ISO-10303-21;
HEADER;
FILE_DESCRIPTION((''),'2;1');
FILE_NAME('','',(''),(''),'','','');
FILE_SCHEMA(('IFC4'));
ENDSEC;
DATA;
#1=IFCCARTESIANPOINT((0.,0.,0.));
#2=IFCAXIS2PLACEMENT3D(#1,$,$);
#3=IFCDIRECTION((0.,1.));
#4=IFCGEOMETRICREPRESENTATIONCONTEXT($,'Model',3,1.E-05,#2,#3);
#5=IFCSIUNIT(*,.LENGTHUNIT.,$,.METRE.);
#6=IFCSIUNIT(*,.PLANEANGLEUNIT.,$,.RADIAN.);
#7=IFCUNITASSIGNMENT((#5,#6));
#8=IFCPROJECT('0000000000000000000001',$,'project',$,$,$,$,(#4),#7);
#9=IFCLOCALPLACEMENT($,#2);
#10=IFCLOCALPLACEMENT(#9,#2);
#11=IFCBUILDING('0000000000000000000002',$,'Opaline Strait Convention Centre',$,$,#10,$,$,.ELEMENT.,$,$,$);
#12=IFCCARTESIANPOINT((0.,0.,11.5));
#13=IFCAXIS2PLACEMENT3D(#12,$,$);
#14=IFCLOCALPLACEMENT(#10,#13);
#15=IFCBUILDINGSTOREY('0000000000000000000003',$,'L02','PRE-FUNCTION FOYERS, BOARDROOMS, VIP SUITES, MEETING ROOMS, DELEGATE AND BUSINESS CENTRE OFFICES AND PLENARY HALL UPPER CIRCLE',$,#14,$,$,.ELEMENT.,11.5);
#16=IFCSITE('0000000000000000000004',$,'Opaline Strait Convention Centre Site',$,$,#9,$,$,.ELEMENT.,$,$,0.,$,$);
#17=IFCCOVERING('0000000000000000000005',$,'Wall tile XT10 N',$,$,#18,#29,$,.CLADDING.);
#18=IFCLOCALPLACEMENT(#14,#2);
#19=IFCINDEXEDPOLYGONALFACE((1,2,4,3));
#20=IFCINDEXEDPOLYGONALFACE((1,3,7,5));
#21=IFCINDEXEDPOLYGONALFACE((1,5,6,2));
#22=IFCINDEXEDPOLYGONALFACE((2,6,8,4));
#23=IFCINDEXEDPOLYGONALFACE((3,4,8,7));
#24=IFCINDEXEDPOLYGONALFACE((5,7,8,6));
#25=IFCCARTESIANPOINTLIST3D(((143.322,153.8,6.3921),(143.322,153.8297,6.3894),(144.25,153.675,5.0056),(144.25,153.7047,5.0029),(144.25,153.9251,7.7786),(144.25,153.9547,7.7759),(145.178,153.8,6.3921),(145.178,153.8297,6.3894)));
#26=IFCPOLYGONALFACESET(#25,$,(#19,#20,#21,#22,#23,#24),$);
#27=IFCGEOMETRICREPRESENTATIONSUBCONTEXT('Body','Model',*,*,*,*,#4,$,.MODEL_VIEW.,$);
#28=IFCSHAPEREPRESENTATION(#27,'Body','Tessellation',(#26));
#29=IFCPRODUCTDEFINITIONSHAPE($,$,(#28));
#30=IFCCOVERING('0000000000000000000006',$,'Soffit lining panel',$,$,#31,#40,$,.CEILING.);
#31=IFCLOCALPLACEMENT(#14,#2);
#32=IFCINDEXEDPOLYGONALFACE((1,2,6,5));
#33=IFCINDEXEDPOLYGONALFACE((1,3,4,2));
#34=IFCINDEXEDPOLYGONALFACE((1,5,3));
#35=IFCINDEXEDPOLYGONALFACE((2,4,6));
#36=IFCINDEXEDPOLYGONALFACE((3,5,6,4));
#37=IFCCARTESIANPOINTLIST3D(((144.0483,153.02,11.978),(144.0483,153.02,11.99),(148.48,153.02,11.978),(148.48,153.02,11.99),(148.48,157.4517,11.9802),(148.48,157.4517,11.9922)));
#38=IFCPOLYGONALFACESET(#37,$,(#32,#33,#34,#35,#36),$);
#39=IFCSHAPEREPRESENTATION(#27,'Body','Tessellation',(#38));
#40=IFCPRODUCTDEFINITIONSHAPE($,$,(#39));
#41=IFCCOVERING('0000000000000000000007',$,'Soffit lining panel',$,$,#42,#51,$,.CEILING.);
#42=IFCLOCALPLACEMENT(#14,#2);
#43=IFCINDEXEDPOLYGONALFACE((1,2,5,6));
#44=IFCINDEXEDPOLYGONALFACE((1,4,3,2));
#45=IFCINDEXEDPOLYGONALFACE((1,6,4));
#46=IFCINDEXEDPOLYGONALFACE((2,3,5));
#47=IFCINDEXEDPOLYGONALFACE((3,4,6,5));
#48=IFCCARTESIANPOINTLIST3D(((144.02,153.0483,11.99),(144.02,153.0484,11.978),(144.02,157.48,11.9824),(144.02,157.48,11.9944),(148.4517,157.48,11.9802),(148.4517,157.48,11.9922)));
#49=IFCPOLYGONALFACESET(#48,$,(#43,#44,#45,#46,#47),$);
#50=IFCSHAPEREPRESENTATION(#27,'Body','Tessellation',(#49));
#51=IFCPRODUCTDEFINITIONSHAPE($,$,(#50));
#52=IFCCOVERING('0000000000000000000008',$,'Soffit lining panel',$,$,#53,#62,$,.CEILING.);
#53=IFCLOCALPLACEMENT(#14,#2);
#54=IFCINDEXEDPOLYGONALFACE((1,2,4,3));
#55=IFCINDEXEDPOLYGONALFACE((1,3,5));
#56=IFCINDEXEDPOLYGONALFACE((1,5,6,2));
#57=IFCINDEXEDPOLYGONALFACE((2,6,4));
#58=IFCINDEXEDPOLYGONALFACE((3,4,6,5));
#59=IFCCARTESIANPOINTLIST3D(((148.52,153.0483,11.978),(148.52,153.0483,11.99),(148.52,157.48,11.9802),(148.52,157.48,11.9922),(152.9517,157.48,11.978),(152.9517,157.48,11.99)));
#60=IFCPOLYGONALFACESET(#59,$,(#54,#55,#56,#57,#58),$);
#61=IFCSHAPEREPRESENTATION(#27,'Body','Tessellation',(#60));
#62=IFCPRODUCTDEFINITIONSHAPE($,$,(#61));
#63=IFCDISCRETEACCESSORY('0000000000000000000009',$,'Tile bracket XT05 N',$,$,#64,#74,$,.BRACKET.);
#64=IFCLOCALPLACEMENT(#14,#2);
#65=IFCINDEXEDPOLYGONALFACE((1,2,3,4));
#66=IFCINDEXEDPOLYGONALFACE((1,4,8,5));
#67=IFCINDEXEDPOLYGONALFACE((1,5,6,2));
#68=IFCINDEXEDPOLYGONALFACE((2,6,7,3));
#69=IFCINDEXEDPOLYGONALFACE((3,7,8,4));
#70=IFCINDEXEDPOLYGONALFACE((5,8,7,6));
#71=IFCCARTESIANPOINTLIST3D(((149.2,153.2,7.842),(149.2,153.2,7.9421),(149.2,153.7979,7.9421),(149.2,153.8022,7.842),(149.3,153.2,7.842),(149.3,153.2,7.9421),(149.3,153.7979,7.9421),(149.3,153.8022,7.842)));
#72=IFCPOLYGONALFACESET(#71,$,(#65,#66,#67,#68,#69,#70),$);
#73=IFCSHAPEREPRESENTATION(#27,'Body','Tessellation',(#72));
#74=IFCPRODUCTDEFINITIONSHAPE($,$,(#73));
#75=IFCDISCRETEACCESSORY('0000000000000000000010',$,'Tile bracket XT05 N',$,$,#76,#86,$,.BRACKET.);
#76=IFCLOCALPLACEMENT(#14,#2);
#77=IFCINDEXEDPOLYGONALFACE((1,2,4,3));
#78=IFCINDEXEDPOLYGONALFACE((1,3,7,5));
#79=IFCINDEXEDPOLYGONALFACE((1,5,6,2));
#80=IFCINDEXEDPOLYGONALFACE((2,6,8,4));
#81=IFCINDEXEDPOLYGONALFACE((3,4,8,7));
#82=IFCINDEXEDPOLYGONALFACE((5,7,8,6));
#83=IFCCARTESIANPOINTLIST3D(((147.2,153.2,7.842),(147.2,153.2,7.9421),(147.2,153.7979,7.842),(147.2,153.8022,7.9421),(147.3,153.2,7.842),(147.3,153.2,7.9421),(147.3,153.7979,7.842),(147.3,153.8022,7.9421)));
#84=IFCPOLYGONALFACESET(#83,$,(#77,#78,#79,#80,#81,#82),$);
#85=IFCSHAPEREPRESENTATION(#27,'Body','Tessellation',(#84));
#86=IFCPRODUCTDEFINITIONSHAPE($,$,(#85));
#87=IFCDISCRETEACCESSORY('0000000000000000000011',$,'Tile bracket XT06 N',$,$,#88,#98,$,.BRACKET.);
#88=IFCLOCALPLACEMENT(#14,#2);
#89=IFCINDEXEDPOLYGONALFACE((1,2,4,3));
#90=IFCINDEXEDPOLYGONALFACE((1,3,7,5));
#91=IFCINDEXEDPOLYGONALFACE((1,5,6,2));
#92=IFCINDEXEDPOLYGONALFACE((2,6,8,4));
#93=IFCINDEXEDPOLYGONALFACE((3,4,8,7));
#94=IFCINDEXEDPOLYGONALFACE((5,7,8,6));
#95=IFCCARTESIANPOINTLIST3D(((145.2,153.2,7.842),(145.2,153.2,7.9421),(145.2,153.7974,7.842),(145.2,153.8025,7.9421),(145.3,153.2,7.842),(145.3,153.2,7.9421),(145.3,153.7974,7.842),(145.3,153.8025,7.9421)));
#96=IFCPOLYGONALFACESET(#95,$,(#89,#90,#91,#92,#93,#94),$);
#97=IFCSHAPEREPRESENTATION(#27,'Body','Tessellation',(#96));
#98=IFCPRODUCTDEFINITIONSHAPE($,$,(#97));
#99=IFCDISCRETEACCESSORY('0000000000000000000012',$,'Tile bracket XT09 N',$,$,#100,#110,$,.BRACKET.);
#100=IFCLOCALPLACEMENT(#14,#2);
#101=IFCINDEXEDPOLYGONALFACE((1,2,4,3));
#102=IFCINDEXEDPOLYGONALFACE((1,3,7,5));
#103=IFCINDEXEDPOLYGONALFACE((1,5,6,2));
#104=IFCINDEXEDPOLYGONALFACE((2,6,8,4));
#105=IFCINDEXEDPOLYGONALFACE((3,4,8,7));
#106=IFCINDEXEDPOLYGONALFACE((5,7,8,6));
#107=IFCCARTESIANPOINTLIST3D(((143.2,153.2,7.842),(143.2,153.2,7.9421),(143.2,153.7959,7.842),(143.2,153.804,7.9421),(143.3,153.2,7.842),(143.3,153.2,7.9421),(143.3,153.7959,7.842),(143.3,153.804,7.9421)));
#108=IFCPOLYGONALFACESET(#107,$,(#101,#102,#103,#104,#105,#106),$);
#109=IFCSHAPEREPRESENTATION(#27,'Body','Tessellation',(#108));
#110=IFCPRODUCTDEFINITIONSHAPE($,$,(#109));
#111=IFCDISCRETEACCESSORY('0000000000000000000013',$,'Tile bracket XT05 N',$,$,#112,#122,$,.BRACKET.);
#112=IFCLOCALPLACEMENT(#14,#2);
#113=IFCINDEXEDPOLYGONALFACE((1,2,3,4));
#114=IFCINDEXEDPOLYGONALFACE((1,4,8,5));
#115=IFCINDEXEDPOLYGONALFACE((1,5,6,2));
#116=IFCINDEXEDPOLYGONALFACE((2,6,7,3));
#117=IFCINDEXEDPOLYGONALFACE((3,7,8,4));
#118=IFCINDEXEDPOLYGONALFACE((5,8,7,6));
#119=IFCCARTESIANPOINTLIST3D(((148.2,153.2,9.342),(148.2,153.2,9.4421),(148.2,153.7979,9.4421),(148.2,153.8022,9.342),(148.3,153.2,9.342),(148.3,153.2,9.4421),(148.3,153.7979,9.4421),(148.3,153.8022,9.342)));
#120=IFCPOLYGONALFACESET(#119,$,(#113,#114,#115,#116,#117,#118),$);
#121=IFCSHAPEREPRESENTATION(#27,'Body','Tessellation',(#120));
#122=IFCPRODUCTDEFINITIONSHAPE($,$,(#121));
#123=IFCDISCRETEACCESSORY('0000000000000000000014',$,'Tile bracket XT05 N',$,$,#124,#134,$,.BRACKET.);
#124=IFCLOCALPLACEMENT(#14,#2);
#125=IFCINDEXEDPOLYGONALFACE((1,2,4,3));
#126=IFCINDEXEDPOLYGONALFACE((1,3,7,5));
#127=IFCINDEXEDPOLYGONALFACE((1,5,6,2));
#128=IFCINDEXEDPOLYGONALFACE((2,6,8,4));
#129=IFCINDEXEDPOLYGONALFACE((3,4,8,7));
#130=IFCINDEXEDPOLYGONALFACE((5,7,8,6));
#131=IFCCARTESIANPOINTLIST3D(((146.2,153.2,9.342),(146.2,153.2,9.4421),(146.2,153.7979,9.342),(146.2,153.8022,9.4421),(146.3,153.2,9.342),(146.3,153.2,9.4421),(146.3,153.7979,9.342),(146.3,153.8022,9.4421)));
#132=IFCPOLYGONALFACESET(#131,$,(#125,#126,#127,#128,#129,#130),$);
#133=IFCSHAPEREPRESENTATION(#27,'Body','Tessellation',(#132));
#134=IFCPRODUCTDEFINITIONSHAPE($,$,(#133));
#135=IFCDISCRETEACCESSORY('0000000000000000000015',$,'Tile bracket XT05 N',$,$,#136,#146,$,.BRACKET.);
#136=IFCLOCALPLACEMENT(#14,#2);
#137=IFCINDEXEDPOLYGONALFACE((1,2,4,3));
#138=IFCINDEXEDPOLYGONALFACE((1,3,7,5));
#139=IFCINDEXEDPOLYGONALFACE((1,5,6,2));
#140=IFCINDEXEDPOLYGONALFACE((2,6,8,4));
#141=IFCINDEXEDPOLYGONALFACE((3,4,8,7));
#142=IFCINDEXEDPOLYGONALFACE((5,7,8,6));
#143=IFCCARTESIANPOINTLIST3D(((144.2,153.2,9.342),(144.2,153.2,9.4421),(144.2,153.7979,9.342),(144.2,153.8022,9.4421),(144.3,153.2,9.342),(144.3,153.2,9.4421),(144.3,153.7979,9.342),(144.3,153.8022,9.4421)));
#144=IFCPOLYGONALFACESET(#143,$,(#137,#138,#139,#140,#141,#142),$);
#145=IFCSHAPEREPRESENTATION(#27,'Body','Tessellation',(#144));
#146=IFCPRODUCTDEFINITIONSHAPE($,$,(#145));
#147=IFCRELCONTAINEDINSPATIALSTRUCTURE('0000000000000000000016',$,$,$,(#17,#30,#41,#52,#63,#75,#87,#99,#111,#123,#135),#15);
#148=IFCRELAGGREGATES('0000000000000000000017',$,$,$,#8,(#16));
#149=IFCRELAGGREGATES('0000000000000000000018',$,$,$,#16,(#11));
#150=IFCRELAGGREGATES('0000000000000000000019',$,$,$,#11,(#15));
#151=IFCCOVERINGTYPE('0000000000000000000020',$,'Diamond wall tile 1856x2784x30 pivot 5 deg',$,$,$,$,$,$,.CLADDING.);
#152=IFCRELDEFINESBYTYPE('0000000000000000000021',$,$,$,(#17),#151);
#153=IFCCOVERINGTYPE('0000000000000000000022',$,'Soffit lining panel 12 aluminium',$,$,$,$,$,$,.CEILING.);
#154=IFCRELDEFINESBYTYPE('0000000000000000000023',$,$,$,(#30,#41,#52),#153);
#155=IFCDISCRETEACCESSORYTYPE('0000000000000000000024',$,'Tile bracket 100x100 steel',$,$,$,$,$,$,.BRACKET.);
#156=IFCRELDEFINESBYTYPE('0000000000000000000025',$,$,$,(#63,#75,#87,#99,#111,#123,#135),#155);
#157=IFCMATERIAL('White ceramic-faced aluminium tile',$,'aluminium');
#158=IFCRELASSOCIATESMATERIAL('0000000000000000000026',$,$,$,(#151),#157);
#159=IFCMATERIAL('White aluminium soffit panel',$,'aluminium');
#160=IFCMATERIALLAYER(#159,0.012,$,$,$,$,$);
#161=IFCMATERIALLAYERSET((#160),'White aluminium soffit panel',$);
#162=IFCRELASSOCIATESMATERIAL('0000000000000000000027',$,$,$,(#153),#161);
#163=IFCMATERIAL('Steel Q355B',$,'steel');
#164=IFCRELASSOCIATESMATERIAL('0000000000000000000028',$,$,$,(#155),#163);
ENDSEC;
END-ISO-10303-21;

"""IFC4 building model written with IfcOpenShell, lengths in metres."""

from ifc_helpers import new_model, si_unit, direction, frame, origin, place, context, subcontext, project, spatial, polyline, outline, extrude, material, layer, layer_set, material_profile, profile_set, type_object, element, save


model = new_model("IFC4")

# Units and contexts
model_context = context("Model", 3, precision=1e-05, world=origin(), true_north=direction((0.0, 1.0)))
body_context = subcontext(model_context, "Body", "Model", "MODEL_VIEW")
ifc_project = project(units=[si_unit("LENGTHUNIT", "METRE"), si_unit("PLANEANGLEUNIT", "RADIAN")], contexts=[model_context])

# Site, building, storey
site_placement = place(None, origin())
site = spatial("IfcSite", under=ifc_project, at=site_placement, Name="Opaline Strait Convention Centre Site", CompositionType="ELEMENT", RefElevation=0.0)
building_placement = place(site_placement, origin())
building = spatial("IfcBuilding", under=site, at=building_placement, Name="Opaline Strait Convention Centre", CompositionType="ELEMENT")
storey_placement = place(building_placement, frame((0.0, 0.0, 11.5)))
storey = spatial("IfcBuildingStorey", under=building, at=storey_placement, Name="L02", Description="PRE-FUNCTION FOYERS, BOARDROOMS, VIP SUITES, MEETING ROOMS, DELEGATE AND BUSINESS CENTRE OFFICES AND PLENARY HALL UPPER CIRCLE", CompositionType="ELEMENT", Elevation=11.5)

# Shared definitions
ifc_material_1 = material(Name="Steel Q355B", Category="steel")

# Coverings
ifc_material_2 = material(Name="White ceramic-faced aluminium tile", Category="aluminium")
ifc_material_profile_1 = material_profile(ifc_material_2, outline(polyline([(0.928, 0.0), (0.0, 1.3921), (-0.928, 0.0), (0.0, -1.3921), (0.928, 0.0)])), Name="Diamond tile 1856x2784")
ifc_profile_set_1 = profile_set([ifc_material_profile_1], Name="White ceramic-faced aluminium tile")
covering_type_1 = type_object("IfcCoveringType", Name="Diamond wall tile 1856x2784x30 pivot 5 deg", PredefinedType="CLADDING", material=ifc_profile_set_1)
covering_1_placement = place(storey_placement, frame((144.25, 153.8, 6.3921), z_axis=(0.0, 0.99596, -0.0898), x_axis=(-1.0, 0.0, 0.0)))
element("IfcCovering", 1, at=covering_1_placement, inside=storey, type_object=covering_type_1, Name="Wall tile XT10 N", PredefinedType="CLADDING", context=body_context, shape_type="SweptSolid", body=[
    extrude(outline(polyline([(0.928, 0.0), (0.0, 1.3921), (-0.928, 0.0), (0.0, -1.3921), (0.928, 0.0)])), origin(), (0.0, 0.0, 1.0), 0.0298),
])
ifc_material_3 = material(Name="White aluminium soffit panel", Category="aluminium")
ifc_layer = layer(ifc_material_3, 0.012)
ifc_layer_set = layer_set([ifc_layer], Name="White aluminium soffit panel")
covering_type_2 = type_object("IfcCoveringType", Name="Soffit lining panel 12 aluminium", PredefinedType="CEILING", material=ifc_layer_set)
covering_2_placement = place(storey_placement, frame((144.0483, 153.02, 11.99), z_axis=(0.0, -0.000496, 1.0), x_axis=(0.707107, 0.707107, 0.000351)))
element("IfcCovering", 2, at=covering_2_placement, inside=storey, type_object=covering_type_2, Name="Soffit lining panel", PredefinedType="CEILING", context=body_context, shape_type="SweptSolid", body=[
    extrude(outline(polyline([(0.0, 0.0), (6.2673, 0.0), (3.1336, -3.1336), (0.0, 0.0)])), origin(), (0.0, 0.0, -1.0), 0.012),
])
covering_3_placement = place(storey_placement, frame((144.02, 153.0483, 11.99), z_axis=(0.000496, -0.000992, 0.999999), x_axis=(0.0, 1.0, 0.000992)))
element("IfcCovering", 3, at=covering_3_placement, inside=storey, type_object=covering_type_2, Name="Soffit lining panel", PredefinedType="CEILING", context=body_context, shape_type="SweptSolid", body=[
    extrude(outline(polyline([(0.0, 0.0), (4.4316, 0.0), (4.4316, -4.4316), (0.0, 0.0)])), origin(), (0.0, 0.0, -1.0), 0.012),
])
covering_4_placement = place(storey_placement, frame((148.52, 153.0483, 11.99), z_axis=(0.000496, -0.000496, 1.0), x_axis=(0.0, 1.0, 0.000496)))
element("IfcCovering", 4, at=covering_4_placement, inside=storey, type_object=covering_type_2, Name="Soffit lining panel", PredefinedType="CEILING", context=body_context, shape_type="SweptSolid", body=[
    extrude(outline(polyline([(0.0, 0.0), (4.4316, 0.0), (4.4316, -4.4316), (0.0, 0.0)])), origin(), (0.0, 0.0, -1.0), 0.012),
])

# Discrete accessories
discrete_accessory_type = type_object("IfcDiscreteAccessoryType", Name="Tile bracket 100x100 steel", PredefinedType="BRACKET", material=ifc_material_1)
discrete_accessory_1_placement = place(storey_placement, frame((149.3, 153.2, 7.8921), z_axis=(-1.0, 0.0, 0.0), x_axis=(0.0, -1.0, 0.0)))
element("IfcDiscreteAccessory", 5, at=discrete_accessory_1_placement, inside=storey, type_object=discrete_accessory_type, Name="Tile bracket XT05 N", PredefinedType="BRACKET", context=body_context, shape_type="SweptSolid", body=[
    extrude(outline(polyline([(0.0, -0.05), (0.0, 0.05), (-0.5979, 0.05), (-0.6023, -0.05), (0.0, -0.05)])), origin(), (0.0, 0.0, 1.0), 0.1001),
])
discrete_accessory_2_placement = place(storey_placement, frame((147.3, 153.2, 7.8921), z_axis=(-1.0, 0.0, 0.0), x_axis=(0.0, -1.0, 0.0)))
element("IfcDiscreteAccessory", 6, at=discrete_accessory_2_placement, inside=storey, type_object=discrete_accessory_type, Name="Tile bracket XT05 N", PredefinedType="BRACKET", context=body_context, shape_type="SweptSolid", body=[
    extrude(outline(polyline([(0.0, -0.05), (0.0, 0.05), (-0.6023, 0.05), (-0.5979, -0.05), (0.0, -0.05)])), origin(), (0.0, 0.0, 1.0), 0.1001),
])
discrete_accessory_3_placement = place(storey_placement, frame((145.3, 153.2, 7.8921), z_axis=(-1.0, 0.0, 0.0), x_axis=(0.0, -1.0, 0.0)))
element("IfcDiscreteAccessory", 7, at=discrete_accessory_3_placement, inside=storey, type_object=discrete_accessory_type, Name="Tile bracket XT06 N", PredefinedType="BRACKET", context=body_context, shape_type="SweptSolid", body=[
    extrude(outline(polyline([(0.0, -0.05), (0.0, 0.05), (-0.6025, 0.05), (-0.5974, -0.05), (0.0, -0.05)])), origin(), (0.0, 0.0, 1.0), 0.1001),
])
discrete_accessory_4_placement = place(storey_placement, frame((143.3, 153.2, 7.8921), z_axis=(-1.0, 0.0, 0.0), x_axis=(0.0, -1.0, 0.0)))
element("IfcDiscreteAccessory", 8, at=discrete_accessory_4_placement, inside=storey, type_object=discrete_accessory_type, Name="Tile bracket XT09 N", PredefinedType="BRACKET", context=body_context, shape_type="SweptSolid", body=[
    extrude(outline(polyline([(0.0, -0.05), (0.0, 0.05), (-0.604, 0.05), (-0.5959, -0.05), (0.0, -0.05)])), origin(), (0.0, 0.0, 1.0), 0.1001),
])
discrete_accessory_5_placement = place(storey_placement, frame((148.3, 153.2, 9.3921), z_axis=(-1.0, 0.0, 0.0), x_axis=(0.0, -1.0, 0.0)))
element("IfcDiscreteAccessory", 9, at=discrete_accessory_5_placement, inside=storey, type_object=discrete_accessory_type, Name="Tile bracket XT05 N", PredefinedType="BRACKET", context=body_context, shape_type="SweptSolid", body=[
    extrude(outline(polyline([(0.0, -0.05), (0.0, 0.05), (-0.5979, 0.05), (-0.6023, -0.05), (0.0, -0.05)])), origin(), (0.0, 0.0, 1.0), 0.1001),
])
for number, where, z_axis, x_axis, name in (
    (10, (146.3, 153.2, 9.3921), (-1.0, 0.0, 0.0), (0.0, -1.0, 0.0), "Tile bracket XT05 N"),
    (11, (144.3, 153.2, 9.3921), (-1.0, 0.0, 0.0), (0.0, -1.0, 0.0), "Tile bracket XT05 N"),
):
    element("IfcDiscreteAccessory", number, at=place(storey_placement, frame(where, z_axis=z_axis, x_axis=x_axis)), inside=storey, type_object=discrete_accessory_type, Name=name, PredefinedType="BRACKET", context=body_context, shape_type="SweptSolid", body=[
        extrude(outline(polyline([(0.0, -0.05), (0.0, 0.05), (-0.6023, 0.05), (-0.5979, -0.05), (0.0, -0.05)])), origin(), (0.0, 0.0, 1.0), 0.1001),
    ])

save(model, "model.ifc")
